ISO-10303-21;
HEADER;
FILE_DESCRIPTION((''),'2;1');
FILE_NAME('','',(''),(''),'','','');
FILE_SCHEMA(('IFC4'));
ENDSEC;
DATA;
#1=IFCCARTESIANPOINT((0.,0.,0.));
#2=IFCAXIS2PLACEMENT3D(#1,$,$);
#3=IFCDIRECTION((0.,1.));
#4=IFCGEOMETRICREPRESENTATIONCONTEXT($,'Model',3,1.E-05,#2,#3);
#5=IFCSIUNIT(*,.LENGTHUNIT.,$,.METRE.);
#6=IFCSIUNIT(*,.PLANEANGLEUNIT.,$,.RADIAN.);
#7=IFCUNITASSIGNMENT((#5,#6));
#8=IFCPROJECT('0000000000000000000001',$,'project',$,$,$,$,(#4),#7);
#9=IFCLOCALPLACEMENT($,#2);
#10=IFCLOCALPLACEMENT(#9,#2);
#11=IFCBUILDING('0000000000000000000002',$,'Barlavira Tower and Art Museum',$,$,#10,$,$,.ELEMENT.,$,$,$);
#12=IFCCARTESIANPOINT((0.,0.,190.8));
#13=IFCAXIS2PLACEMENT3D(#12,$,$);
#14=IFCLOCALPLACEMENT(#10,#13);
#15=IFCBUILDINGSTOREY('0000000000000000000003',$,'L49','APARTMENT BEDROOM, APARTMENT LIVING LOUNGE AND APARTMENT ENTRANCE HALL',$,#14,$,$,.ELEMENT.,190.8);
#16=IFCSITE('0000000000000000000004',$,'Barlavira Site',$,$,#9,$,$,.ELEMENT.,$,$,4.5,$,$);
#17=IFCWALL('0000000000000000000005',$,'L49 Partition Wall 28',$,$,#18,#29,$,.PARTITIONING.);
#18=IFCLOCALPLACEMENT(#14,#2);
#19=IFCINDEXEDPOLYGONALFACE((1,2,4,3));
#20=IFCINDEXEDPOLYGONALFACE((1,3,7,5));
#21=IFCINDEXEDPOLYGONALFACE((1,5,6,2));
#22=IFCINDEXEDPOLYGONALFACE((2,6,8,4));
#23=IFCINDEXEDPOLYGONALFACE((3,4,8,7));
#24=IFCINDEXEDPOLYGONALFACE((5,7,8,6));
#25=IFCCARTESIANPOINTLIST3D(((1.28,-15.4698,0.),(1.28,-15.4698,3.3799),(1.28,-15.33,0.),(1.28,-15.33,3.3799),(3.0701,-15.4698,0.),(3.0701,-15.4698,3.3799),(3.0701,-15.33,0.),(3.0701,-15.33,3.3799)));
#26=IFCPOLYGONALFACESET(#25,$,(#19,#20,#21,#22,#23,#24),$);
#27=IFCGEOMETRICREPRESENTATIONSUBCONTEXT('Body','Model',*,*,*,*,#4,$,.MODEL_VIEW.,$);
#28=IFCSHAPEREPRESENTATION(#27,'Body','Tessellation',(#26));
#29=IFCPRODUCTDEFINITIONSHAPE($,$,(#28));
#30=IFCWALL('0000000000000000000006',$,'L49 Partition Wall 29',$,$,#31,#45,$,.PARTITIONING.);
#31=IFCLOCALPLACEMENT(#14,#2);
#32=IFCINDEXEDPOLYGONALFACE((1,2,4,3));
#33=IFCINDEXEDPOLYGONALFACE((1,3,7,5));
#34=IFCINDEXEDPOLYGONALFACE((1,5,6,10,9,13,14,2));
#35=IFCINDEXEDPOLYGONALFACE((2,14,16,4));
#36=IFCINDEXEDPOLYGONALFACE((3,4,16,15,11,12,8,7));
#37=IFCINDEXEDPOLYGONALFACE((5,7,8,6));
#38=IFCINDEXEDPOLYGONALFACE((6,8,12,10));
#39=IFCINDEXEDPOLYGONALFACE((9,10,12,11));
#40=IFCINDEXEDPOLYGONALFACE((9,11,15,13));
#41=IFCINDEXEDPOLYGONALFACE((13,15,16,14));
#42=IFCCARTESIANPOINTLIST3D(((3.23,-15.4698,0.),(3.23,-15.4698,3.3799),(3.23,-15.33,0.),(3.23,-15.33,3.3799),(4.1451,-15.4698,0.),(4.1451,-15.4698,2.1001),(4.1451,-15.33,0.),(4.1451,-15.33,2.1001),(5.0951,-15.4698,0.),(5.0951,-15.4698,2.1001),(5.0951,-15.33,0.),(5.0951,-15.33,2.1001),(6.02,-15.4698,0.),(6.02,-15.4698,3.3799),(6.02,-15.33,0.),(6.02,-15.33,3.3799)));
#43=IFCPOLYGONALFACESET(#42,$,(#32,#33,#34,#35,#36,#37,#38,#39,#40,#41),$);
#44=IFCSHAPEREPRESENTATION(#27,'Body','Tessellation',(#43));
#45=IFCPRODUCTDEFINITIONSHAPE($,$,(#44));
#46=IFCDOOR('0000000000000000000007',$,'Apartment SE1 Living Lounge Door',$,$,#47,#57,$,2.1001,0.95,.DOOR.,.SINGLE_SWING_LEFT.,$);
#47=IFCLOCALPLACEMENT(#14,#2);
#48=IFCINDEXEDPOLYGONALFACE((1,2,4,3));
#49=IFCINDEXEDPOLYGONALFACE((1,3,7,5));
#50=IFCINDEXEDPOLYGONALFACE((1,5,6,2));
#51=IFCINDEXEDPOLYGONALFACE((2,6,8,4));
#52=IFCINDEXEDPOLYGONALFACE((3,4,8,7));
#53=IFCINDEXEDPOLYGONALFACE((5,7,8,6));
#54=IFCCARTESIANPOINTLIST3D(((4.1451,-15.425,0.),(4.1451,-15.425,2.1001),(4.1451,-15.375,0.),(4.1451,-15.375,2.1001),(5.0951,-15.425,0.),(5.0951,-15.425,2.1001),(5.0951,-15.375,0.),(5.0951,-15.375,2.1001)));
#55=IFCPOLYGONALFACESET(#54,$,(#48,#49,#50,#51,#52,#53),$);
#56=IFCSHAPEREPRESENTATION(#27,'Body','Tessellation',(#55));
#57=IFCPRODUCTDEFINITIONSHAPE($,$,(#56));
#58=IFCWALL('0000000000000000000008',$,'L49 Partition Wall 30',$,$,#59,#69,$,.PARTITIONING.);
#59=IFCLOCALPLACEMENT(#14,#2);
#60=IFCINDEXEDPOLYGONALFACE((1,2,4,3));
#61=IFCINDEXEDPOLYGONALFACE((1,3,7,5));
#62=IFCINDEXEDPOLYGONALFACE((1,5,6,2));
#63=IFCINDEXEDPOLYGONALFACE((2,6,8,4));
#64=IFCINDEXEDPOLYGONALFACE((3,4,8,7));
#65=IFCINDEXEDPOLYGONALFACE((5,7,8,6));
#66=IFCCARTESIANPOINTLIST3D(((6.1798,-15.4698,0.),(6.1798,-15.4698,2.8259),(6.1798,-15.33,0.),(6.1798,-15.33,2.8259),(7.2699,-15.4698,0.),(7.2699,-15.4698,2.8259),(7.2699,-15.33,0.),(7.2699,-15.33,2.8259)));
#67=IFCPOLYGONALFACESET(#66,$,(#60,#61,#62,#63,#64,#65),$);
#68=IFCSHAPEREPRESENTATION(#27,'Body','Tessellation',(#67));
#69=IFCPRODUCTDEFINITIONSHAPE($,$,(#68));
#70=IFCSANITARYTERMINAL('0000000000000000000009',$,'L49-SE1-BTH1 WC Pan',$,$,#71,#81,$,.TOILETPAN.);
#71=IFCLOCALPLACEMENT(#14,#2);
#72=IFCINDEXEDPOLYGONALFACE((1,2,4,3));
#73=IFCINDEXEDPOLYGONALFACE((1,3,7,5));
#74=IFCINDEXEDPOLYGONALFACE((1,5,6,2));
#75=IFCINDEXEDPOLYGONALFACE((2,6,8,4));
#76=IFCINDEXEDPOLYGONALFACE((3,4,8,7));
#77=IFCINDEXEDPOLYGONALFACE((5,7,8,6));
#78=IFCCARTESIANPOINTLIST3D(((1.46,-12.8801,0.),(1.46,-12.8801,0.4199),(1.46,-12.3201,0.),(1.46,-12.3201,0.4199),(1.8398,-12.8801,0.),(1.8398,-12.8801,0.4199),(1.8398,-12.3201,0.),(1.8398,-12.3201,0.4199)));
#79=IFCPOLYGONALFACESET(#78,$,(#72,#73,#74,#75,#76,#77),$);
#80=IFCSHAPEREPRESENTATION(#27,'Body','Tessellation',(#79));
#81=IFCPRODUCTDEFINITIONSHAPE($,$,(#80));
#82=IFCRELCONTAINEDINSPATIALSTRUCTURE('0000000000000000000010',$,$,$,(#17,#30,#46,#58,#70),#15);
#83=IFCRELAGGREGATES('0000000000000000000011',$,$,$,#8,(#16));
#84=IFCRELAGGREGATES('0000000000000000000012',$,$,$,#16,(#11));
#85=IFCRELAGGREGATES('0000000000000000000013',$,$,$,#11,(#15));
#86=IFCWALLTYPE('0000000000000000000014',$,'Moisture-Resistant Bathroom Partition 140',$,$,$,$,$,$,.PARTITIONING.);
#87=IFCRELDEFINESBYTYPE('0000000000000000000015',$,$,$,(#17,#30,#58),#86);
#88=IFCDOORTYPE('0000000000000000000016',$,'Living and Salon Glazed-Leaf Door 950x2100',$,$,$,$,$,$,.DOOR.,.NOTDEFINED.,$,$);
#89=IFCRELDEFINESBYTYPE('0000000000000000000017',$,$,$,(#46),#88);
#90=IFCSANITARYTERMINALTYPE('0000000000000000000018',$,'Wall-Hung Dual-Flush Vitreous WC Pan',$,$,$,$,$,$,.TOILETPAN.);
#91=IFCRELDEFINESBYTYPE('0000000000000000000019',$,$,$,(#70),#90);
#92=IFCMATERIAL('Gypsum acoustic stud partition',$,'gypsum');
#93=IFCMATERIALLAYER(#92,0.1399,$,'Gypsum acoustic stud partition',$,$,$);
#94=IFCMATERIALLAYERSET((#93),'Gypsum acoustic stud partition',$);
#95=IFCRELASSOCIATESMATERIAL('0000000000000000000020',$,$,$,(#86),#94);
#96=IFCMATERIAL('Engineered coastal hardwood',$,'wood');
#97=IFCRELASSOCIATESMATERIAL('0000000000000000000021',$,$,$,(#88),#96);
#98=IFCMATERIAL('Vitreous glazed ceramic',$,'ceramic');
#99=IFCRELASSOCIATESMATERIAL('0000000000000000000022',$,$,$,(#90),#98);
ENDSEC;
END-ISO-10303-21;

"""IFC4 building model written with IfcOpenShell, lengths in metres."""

from ifc_helpers import new_model, si_unit, direction, frame, frame_2d, origin, origin_2d, place, context, subcontext, project, spatial, rectangle, extrude, material, layer, layer_set, type_object, element, fill, save


model = new_model("IFC4")

# Units and contexts
model_context = context("Model", 3, precision=1e-05, world=origin(), true_north=direction((0.0, 1.0)))
body_context = subcontext(model_context, "Body", "Model", "MODEL_VIEW")
ifc_project = project(units=[si_unit("LENGTHUNIT", "METRE"), si_unit("PLANEANGLEUNIT", "RADIAN")], contexts=[model_context])

# Site, building, storey
site_placement = place(None, origin())
site = spatial("IfcSite", under=ifc_project, at=site_placement, Name="Barlavira Site", CompositionType="ELEMENT", RefElevation=4.5)
building_placement = place(site_placement, origin())
building = spatial("IfcBuilding", under=site, at=building_placement, Name="Barlavira Tower and Art Museum", CompositionType="ELEMENT")
storey_placement = place(building_placement, frame((0.0, 0.0, 190.8)))
storey = spatial("IfcBuildingStorey", under=building, at=storey_placement, Name="L49", Description="APARTMENT BEDROOM, APARTMENT LIVING LOUNGE AND APARTMENT ENTRANCE HALL", CompositionType="ELEMENT", Elevation=190.8)

# Shared definitions
ifc_material_1 = material(Name="Gypsum acoustic stud partition", Category="gypsum")
ifc_material_2 = material(Name="Engineered coastal hardwood", Category="wood")

# Shared definitions
ifc_layer_1 = layer(ifc_material_1, 0.1399, Name="Gypsum acoustic stud partition")
ifc_layer_set_1 = layer_set([ifc_layer_1], Name="Gypsum acoustic stud partition")
wall_type_1 = type_object("IfcWallType", Name="Moisture-Resistant Bathroom Partition 140", PredefinedType="PARTITIONING", material=ifc_layer_set_1)

# Wall
wall_1_placement = place(storey_placement, frame((1.28, -15.3999, 0.0), z_axis=(0.0, 0.0, 1.0), x_axis=(1.0, 0.0, 0.0)))
element("IfcWall", 1, at=wall_1_placement, inside=storey, type_object=wall_type_1, Name="L49 Partition Wall 28", PredefinedType="PARTITIONING", context=body_context, shape_type="SweptSolid", body=[
    extrude(rectangle(XDim=1.79, YDim=0.1399, at=frame_2d((0.895, 0.0))), origin(), (0.0, 0.0, 1.0), 3.3799),
])

# Wall, opening, door
wall_2_placement = place(storey_placement, frame((3.23, -15.3999, 0.0), z_axis=(0.0, 0.0, 1.0), x_axis=(1.0, 0.0, 0.0)))
wall_2 = element("IfcWall", 2, at=wall_2_placement, inside=storey, type_object=wall_type_1, Name="L49 Partition Wall 29", PredefinedType="PARTITIONING", context=body_context, shape_type="SweptSolid", body=[
    extrude(rectangle(XDim=2.79, YDim=0.1399, at=frame_2d((1.395, 0.0))), origin(), (0.0, 0.0, 1.0), 3.3799),
])
opening_1_placement = place(wall_2_placement, frame((0.915, 0.0, 0.0)))
opening_1 = element("IfcOpeningElement", 3, at=opening_1_placement, cuts=wall_2, PredefinedType="OPENING", context=body_context, shape_type="SweptSolid", body=[
    extrude(rectangle(XDim=0.95, YDim=2.1001, at=frame_2d((0.4751, 1.05))), frame((0.0, 0.0801, 0.0), z_axis=(0.0, -1.0, 0.0), x_axis=(1.0, 0.0, 0.0)), (0.0, 0.0, 1.0), 0.1599),
])
door_type_1 = type_object("IfcDoorType", Name="Living and Salon Glazed-Leaf Door 950x2100", OperationType="NOTDEFINED", PredefinedType="DOOR", material=ifc_material_2)
door_1_placement = place(opening_1_placement, origin())
door_1 = element("IfcDoor", 4, at=door_1_placement, inside=storey, type_object=door_type_1, Name="Apartment SE1 Living Lounge Door", OperationType="SINGLE_SWING_LEFT", OverallHeight=2.1001, OverallWidth=0.95, PredefinedType="DOOR", context=body_context, shape_type="SweptSolid", body=[
    extrude(rectangle(XDim=0.95, YDim=2.1001, at=frame_2d((0.4751, 1.05))), frame((0.0, 0.0249, 0.0), z_axis=(0.0, -1.0, 0.0), x_axis=(1.0, 0.0, 0.0)), (0.0, 0.0, 1.0), 0.05),
])
fill(opening_1, door_1)

# Wall
wall_3_placement = place(storey_placement, frame((6.1799, -15.3999, 0.0), z_axis=(0.0, 0.0, 1.0), x_axis=(1.0, 0.0, 0.0)))
element("IfcWall", 5, at=wall_3_placement, inside=storey, type_object=wall_type_1, Name="L49 Partition Wall 30", PredefinedType="PARTITIONING", context=body_context, shape_type="SweptSolid", body=[
    extrude(rectangle(XDim=1.0901, YDim=0.1399, at=frame_2d((0.5449, 0.0))), origin(), (0.0, 0.0, 1.0), 2.8259),
])

# Sanitary terminal
ifc_material_3 = material(Name="Vitreous glazed ceramic", Category="ceramic")
sanitary_terminal_type = type_object("IfcSanitaryTerminalType", Name="Wall-Hung Dual-Flush Vitreous WC Pan", PredefinedType="TOILETPAN", material=ifc_material_3)
sanitary_terminal_placement = place(storey_placement, frame((1.6499, -12.6001, 0.0), z_axis=(0.0, 0.0, 1.0), x_axis=(1.0, 0.0, 0.0)))
element("IfcSanitaryTerminal", 6, at=sanitary_terminal_placement, inside=storey, type_object=sanitary_terminal_type, Name="L49-SE1-BTH1 WC Pan", PredefinedType="TOILETPAN", context=body_context, shape_type="SweptSolid", body=[
    extrude(rectangle(XDim=0.3799, YDim=0.5601, at=origin_2d()), origin(), (0.0, 0.0, 1.0), 0.4199),
])

save(model, "model.ifc")
